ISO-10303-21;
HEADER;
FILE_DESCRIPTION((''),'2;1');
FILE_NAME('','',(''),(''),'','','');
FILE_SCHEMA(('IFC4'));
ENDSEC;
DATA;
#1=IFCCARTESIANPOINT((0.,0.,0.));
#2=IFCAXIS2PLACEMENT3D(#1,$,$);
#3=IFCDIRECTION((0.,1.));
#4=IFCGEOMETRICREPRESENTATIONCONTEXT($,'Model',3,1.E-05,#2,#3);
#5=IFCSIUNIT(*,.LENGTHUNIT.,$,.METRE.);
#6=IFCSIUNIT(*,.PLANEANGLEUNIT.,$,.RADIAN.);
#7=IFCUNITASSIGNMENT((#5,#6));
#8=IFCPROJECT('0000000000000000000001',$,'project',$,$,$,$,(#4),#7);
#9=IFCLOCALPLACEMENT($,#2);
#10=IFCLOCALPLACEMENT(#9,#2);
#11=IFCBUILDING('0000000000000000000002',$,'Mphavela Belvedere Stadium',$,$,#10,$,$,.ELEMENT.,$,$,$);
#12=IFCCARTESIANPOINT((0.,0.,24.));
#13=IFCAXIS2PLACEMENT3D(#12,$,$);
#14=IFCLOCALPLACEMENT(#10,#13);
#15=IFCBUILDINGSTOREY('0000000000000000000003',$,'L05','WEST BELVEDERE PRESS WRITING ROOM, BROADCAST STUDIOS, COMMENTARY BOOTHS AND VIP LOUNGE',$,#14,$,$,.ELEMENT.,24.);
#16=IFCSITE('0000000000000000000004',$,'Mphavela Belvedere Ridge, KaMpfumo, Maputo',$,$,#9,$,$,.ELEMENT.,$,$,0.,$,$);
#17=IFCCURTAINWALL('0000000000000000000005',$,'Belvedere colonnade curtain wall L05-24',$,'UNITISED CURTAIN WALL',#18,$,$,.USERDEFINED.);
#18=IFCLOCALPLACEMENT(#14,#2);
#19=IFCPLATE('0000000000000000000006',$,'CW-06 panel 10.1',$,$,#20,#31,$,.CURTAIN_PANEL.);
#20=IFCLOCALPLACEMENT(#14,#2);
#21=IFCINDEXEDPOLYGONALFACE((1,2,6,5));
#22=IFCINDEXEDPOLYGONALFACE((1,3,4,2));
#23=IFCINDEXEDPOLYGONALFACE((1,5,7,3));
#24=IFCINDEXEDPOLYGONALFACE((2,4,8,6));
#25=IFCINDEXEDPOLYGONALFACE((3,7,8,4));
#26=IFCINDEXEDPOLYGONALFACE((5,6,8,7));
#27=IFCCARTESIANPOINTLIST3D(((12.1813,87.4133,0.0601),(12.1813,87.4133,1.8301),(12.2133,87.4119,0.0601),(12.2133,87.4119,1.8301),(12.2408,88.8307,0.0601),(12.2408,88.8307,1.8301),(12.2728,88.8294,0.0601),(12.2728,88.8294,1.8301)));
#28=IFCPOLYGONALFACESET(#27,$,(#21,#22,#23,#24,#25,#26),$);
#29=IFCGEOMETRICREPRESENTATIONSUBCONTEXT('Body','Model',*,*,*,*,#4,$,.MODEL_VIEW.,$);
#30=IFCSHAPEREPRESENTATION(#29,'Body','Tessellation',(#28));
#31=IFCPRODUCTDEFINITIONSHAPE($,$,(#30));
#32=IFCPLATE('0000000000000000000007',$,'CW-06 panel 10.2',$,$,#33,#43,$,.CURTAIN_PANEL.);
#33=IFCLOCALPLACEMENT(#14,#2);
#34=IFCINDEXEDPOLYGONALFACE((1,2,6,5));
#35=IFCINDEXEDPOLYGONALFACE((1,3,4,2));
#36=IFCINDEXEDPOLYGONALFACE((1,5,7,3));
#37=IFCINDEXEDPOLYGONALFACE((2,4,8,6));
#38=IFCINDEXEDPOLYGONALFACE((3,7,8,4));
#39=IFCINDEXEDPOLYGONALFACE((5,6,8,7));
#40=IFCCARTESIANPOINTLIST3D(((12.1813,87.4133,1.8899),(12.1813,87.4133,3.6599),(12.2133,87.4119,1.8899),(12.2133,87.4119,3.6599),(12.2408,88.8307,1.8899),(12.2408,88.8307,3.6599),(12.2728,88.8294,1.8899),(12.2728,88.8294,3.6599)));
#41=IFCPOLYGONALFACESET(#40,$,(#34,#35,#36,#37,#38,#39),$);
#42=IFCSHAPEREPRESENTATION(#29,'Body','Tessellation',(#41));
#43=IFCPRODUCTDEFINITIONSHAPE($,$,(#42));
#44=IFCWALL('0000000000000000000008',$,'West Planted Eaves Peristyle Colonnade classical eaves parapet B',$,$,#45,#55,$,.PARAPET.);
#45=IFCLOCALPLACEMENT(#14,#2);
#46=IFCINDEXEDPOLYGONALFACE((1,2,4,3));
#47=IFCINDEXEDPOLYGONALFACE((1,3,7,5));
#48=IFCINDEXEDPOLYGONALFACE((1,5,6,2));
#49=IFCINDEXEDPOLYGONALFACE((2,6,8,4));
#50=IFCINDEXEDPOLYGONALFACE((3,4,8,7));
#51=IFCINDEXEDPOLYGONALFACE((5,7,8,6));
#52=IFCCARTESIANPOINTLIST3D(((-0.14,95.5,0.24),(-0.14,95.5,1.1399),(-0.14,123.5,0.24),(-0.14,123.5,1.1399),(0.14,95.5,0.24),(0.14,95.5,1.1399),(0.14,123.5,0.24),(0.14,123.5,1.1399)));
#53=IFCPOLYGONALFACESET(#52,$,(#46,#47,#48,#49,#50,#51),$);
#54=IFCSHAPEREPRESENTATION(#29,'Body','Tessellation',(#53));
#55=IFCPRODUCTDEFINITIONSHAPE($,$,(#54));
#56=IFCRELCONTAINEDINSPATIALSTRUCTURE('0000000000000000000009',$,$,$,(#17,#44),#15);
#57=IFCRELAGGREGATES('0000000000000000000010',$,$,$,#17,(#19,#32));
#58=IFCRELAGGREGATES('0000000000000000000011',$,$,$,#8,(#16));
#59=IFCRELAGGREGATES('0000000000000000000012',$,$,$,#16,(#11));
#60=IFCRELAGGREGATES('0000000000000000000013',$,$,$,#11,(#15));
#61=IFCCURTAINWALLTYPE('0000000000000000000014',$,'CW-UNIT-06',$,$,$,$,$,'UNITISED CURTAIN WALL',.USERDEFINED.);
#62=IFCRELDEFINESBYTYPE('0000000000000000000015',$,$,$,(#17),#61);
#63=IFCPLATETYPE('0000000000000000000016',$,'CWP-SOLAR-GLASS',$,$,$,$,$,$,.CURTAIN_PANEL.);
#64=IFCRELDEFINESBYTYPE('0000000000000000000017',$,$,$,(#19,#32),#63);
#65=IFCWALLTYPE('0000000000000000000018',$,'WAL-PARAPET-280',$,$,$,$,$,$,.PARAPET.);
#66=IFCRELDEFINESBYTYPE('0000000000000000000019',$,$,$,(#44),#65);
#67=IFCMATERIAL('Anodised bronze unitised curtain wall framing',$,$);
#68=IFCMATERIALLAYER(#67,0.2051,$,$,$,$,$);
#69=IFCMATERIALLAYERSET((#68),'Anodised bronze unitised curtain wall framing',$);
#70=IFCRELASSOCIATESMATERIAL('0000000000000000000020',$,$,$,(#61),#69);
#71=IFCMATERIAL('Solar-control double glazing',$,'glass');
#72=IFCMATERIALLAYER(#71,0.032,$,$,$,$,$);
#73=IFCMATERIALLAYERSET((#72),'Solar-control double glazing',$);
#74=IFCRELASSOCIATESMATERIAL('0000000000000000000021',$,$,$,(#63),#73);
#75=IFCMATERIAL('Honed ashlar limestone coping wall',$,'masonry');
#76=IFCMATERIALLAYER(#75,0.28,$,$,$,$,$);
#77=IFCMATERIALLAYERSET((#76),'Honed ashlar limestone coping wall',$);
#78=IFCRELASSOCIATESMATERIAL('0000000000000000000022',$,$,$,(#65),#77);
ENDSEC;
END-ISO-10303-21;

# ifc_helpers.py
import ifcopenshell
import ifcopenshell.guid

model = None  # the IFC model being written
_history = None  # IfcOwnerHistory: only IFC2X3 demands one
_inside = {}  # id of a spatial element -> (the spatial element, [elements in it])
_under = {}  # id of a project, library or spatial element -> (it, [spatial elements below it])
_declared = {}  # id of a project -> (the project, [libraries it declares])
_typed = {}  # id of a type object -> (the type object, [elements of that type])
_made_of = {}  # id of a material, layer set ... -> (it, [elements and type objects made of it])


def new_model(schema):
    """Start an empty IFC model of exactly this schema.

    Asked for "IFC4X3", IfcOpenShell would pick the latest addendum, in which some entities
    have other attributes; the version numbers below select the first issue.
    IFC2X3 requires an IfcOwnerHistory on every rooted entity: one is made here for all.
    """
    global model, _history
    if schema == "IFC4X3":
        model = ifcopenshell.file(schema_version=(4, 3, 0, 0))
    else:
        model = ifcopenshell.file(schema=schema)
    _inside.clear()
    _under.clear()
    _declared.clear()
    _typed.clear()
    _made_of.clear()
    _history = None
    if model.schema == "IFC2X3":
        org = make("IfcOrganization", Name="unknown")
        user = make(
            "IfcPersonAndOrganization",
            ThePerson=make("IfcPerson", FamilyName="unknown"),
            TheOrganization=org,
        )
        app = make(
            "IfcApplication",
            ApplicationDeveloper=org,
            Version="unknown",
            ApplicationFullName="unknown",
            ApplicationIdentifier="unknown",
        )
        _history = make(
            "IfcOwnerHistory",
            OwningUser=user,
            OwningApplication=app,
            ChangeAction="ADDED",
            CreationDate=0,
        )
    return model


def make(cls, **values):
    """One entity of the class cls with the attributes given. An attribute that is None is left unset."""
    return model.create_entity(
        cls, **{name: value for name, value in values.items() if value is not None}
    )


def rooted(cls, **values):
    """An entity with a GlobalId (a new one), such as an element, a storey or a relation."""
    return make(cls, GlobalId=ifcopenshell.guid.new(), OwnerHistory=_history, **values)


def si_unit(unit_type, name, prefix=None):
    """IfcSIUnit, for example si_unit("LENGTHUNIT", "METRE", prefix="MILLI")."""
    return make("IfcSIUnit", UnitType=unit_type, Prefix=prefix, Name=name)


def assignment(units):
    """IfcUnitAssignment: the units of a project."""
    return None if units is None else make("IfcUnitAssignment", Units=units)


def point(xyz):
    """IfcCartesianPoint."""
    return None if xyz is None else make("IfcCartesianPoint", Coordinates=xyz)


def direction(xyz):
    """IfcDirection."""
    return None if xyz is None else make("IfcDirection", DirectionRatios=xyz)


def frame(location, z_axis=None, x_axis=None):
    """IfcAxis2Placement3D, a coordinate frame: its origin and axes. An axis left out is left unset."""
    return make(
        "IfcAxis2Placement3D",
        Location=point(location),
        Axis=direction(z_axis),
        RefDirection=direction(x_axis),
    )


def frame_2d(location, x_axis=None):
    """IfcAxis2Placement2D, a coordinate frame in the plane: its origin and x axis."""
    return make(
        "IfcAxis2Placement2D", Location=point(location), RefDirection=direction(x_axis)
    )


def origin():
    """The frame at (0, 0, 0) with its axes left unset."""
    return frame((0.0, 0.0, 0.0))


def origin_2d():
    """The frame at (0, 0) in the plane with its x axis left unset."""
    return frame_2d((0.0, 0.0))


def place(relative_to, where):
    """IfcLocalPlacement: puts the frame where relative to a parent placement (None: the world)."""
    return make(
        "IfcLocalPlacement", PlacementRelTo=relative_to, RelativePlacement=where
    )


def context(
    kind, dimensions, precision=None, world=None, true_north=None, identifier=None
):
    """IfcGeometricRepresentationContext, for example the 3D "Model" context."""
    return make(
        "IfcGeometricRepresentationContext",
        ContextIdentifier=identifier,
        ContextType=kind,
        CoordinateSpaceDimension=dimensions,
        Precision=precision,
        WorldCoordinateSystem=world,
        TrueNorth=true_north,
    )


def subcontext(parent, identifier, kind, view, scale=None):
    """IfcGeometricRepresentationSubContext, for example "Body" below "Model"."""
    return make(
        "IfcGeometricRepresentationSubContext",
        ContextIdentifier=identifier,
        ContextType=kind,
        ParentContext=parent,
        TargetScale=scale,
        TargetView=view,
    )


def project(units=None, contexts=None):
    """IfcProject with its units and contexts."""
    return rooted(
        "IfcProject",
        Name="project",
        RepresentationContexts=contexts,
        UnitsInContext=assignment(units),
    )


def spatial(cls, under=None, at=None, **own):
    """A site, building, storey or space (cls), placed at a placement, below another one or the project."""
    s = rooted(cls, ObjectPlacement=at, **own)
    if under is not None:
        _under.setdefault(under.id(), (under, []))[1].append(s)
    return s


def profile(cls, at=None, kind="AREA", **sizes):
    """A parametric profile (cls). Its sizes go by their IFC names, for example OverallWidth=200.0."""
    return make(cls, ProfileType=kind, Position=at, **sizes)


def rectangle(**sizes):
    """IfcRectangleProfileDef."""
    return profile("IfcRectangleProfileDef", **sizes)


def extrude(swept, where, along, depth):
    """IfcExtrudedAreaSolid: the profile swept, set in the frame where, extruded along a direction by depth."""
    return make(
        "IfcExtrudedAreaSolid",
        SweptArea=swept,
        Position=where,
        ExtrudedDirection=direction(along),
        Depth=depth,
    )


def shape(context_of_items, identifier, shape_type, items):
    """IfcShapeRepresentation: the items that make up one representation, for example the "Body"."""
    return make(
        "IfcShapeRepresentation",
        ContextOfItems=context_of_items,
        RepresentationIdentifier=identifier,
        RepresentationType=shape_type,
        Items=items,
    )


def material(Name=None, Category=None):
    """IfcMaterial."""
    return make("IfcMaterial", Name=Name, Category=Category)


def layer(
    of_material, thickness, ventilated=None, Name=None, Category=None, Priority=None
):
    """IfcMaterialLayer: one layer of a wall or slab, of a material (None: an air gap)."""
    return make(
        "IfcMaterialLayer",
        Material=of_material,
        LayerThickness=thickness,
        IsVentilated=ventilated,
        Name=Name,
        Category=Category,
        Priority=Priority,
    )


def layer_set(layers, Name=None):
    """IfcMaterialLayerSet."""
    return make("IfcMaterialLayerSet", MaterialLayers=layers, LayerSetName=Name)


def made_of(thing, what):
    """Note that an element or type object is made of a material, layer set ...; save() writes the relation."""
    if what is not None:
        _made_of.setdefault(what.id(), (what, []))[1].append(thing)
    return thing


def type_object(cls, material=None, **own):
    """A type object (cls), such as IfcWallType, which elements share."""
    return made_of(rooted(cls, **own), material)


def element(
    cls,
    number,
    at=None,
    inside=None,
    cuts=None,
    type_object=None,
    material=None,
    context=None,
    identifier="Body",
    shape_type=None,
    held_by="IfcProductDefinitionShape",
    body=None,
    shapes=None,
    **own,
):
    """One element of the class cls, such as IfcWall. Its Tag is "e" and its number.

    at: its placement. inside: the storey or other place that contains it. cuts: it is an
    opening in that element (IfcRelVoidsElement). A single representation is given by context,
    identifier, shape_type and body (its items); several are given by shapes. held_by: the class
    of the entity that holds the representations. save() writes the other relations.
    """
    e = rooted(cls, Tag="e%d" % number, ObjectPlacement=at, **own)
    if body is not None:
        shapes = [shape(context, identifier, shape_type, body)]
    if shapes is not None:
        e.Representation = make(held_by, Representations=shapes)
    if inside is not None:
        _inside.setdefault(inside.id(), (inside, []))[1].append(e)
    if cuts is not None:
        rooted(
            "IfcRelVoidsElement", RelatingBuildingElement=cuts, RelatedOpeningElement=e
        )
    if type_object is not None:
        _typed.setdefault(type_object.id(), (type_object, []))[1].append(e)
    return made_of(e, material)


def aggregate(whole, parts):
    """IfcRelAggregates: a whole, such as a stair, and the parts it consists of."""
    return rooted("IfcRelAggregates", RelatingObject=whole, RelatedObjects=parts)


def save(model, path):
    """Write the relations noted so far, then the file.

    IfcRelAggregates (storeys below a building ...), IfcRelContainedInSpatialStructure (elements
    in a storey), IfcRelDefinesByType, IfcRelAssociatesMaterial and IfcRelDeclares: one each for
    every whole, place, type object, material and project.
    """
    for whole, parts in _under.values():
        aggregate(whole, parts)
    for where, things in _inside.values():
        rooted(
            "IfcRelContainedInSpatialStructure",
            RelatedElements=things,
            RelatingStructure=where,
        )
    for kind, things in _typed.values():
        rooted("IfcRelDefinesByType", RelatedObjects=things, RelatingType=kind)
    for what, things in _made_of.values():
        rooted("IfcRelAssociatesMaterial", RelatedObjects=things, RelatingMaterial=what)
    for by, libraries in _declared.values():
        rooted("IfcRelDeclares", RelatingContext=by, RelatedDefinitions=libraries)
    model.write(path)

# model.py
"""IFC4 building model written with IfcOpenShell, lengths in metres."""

from ifc_helpers import new_model, si_unit, direction, frame, frame_2d, origin, origin_2d, place, context, subcontext, project, spatial, rectangle, extrude, material, layer, layer_set, type_object, element, aggregate, save


model = new_model("IFC4")

# Units and contexts
model_context = context("Model", 3, precision=1e-05, world=origin(), true_north=direction((0.0, 1.0)))
body_context = subcontext(model_context, "Body", "Model", "MODEL_VIEW")
ifc_project = project(units=[si_unit("LENGTHUNIT", "METRE"), si_unit("PLANEANGLEUNIT", "RADIAN")], contexts=[model_context])

# Site, building, storey
site_placement = place(None, origin())
site = spatial("IfcSite", under=ifc_project, at=site_placement, Name="Mphavela Belvedere Ridge, KaMpfumo, Maputo", CompositionType="ELEMENT", RefElevation=0.0)
building_placement = place(site_placement, origin())
building = spatial("IfcBuilding", under=site, at=building_placement, Name="Mphavela Belvedere Stadium", CompositionType="ELEMENT")
storey_placement = place(building_placement, frame((0.0, 0.0, 24.0)))
storey = spatial("IfcBuildingStorey", under=building, at=storey_placement, Name="L05", Description="WEST BELVEDERE PRESS WRITING ROOM, BROADCAST STUDIOS, COMMENTARY BOOTHS AND VIP LOUNGE", CompositionType="ELEMENT", Elevation=24.0)

# Curtain wall
ifc_material_1 = material(Name="Anodised bronze unitised curtain wall framing")
ifc_layer_1 = layer(ifc_material_1, 0.2051)
ifc_layer_set_1 = layer_set([ifc_layer_1], Name="Anodised bronze unitised curtain wall framing")
curtain_wall_type_1 = type_object("IfcCurtainWallType", Name="CW-UNIT-06", ElementType="UNITISED CURTAIN WALL", PredefinedType="USERDEFINED", material=ifc_layer_set_1)
curtain_wall_1_placement = place(storey_placement, origin())
curtain_wall_1 = element("IfcCurtainWall", 1, at=curtain_wall_1_placement, inside=storey, type_object=curtain_wall_type_1, Name="Belvedere colonnade curtain wall L05-24", ObjectType="UNITISED CURTAIN WALL", PredefinedType="USERDEFINED")

# Plates
ifc_material_2 = material(Name="Solar-control double glazing", Category="glass")
ifc_layer_2 = layer(ifc_material_2, 0.032)
ifc_layer_set_2 = layer_set([ifc_layer_2], Name="Solar-control double glazing")
plate_type = type_object("IfcPlateType", Name="CWP-SOLAR-GLASS", PredefinedType="CURTAIN_PANEL", material=ifc_layer_set_2)
plate_1_placement = place(storey_placement, frame((12.2271, 88.1213, 0.0601), z_axis=(0.0, 0.0, 1.0), x_axis=(-0.041905, -0.999122, 0.0)))
plate_1 = element("IfcPlate", 2, at=plate_1_placement, type_object=plate_type, Name="CW-06 panel 10.1", PredefinedType="CURTAIN_PANEL", context=body_context, shape_type="SweptSolid", body=[
    extrude(rectangle(XDim=1.4187, YDim=0.032, at=origin_2d()), origin(), (0.0, 0.0, 1.0), 1.77),
])
plate_2_placement = place(storey_placement, frame((12.2271, 88.1213, 1.8899), z_axis=(0.0, 0.0, 1.0), x_axis=(-0.041905, -0.999122, 0.0)))
plate_2 = element("IfcPlate", 3, at=plate_2_placement, type_object=plate_type, Name="CW-06 panel 10.2", PredefinedType="CURTAIN_PANEL", context=body_context, shape_type="SweptSolid", body=[
    extrude(rectangle(XDim=1.4187, YDim=0.032, at=origin_2d()), origin(), (0.0, 0.0, 1.0), 1.77),
])
aggregate(curtain_wall_1, [plate_1, plate_2])

# Wall
ifc_material_3 = material(Name="Honed ashlar limestone coping wall", Category="masonry")
ifc_layer_3 = layer(ifc_material_3, 0.28)
ifc_layer_set_3 = layer_set([ifc_layer_3], Name="Honed ashlar limestone coping wall")
wall_type = type_object("IfcWallType", Name="WAL-PARAPET-280", PredefinedType="PARAPET", material=ifc_layer_set_3)
wall_placement = place(storey_placement, frame((0.0, 95.5, 0.24), z_axis=(0.0, 0.0, 1.0), x_axis=(0.0, 1.0, 0.0)))
element("IfcWall", 4, at=wall_placement, inside=storey, type_object=wall_type, Name="West Planted Eaves Peristyle Colonnade classical eaves parapet B", PredefinedType="PARAPET", context=body_context, shape_type="SweptSolid", body=[
    extrude(rectangle(XDim=28.0, YDim=0.28, at=frame_2d((14.0, 0.0))), origin(), (0.0, 0.0, 1.0), 0.8999),
])

save(model, "model.ifc")
